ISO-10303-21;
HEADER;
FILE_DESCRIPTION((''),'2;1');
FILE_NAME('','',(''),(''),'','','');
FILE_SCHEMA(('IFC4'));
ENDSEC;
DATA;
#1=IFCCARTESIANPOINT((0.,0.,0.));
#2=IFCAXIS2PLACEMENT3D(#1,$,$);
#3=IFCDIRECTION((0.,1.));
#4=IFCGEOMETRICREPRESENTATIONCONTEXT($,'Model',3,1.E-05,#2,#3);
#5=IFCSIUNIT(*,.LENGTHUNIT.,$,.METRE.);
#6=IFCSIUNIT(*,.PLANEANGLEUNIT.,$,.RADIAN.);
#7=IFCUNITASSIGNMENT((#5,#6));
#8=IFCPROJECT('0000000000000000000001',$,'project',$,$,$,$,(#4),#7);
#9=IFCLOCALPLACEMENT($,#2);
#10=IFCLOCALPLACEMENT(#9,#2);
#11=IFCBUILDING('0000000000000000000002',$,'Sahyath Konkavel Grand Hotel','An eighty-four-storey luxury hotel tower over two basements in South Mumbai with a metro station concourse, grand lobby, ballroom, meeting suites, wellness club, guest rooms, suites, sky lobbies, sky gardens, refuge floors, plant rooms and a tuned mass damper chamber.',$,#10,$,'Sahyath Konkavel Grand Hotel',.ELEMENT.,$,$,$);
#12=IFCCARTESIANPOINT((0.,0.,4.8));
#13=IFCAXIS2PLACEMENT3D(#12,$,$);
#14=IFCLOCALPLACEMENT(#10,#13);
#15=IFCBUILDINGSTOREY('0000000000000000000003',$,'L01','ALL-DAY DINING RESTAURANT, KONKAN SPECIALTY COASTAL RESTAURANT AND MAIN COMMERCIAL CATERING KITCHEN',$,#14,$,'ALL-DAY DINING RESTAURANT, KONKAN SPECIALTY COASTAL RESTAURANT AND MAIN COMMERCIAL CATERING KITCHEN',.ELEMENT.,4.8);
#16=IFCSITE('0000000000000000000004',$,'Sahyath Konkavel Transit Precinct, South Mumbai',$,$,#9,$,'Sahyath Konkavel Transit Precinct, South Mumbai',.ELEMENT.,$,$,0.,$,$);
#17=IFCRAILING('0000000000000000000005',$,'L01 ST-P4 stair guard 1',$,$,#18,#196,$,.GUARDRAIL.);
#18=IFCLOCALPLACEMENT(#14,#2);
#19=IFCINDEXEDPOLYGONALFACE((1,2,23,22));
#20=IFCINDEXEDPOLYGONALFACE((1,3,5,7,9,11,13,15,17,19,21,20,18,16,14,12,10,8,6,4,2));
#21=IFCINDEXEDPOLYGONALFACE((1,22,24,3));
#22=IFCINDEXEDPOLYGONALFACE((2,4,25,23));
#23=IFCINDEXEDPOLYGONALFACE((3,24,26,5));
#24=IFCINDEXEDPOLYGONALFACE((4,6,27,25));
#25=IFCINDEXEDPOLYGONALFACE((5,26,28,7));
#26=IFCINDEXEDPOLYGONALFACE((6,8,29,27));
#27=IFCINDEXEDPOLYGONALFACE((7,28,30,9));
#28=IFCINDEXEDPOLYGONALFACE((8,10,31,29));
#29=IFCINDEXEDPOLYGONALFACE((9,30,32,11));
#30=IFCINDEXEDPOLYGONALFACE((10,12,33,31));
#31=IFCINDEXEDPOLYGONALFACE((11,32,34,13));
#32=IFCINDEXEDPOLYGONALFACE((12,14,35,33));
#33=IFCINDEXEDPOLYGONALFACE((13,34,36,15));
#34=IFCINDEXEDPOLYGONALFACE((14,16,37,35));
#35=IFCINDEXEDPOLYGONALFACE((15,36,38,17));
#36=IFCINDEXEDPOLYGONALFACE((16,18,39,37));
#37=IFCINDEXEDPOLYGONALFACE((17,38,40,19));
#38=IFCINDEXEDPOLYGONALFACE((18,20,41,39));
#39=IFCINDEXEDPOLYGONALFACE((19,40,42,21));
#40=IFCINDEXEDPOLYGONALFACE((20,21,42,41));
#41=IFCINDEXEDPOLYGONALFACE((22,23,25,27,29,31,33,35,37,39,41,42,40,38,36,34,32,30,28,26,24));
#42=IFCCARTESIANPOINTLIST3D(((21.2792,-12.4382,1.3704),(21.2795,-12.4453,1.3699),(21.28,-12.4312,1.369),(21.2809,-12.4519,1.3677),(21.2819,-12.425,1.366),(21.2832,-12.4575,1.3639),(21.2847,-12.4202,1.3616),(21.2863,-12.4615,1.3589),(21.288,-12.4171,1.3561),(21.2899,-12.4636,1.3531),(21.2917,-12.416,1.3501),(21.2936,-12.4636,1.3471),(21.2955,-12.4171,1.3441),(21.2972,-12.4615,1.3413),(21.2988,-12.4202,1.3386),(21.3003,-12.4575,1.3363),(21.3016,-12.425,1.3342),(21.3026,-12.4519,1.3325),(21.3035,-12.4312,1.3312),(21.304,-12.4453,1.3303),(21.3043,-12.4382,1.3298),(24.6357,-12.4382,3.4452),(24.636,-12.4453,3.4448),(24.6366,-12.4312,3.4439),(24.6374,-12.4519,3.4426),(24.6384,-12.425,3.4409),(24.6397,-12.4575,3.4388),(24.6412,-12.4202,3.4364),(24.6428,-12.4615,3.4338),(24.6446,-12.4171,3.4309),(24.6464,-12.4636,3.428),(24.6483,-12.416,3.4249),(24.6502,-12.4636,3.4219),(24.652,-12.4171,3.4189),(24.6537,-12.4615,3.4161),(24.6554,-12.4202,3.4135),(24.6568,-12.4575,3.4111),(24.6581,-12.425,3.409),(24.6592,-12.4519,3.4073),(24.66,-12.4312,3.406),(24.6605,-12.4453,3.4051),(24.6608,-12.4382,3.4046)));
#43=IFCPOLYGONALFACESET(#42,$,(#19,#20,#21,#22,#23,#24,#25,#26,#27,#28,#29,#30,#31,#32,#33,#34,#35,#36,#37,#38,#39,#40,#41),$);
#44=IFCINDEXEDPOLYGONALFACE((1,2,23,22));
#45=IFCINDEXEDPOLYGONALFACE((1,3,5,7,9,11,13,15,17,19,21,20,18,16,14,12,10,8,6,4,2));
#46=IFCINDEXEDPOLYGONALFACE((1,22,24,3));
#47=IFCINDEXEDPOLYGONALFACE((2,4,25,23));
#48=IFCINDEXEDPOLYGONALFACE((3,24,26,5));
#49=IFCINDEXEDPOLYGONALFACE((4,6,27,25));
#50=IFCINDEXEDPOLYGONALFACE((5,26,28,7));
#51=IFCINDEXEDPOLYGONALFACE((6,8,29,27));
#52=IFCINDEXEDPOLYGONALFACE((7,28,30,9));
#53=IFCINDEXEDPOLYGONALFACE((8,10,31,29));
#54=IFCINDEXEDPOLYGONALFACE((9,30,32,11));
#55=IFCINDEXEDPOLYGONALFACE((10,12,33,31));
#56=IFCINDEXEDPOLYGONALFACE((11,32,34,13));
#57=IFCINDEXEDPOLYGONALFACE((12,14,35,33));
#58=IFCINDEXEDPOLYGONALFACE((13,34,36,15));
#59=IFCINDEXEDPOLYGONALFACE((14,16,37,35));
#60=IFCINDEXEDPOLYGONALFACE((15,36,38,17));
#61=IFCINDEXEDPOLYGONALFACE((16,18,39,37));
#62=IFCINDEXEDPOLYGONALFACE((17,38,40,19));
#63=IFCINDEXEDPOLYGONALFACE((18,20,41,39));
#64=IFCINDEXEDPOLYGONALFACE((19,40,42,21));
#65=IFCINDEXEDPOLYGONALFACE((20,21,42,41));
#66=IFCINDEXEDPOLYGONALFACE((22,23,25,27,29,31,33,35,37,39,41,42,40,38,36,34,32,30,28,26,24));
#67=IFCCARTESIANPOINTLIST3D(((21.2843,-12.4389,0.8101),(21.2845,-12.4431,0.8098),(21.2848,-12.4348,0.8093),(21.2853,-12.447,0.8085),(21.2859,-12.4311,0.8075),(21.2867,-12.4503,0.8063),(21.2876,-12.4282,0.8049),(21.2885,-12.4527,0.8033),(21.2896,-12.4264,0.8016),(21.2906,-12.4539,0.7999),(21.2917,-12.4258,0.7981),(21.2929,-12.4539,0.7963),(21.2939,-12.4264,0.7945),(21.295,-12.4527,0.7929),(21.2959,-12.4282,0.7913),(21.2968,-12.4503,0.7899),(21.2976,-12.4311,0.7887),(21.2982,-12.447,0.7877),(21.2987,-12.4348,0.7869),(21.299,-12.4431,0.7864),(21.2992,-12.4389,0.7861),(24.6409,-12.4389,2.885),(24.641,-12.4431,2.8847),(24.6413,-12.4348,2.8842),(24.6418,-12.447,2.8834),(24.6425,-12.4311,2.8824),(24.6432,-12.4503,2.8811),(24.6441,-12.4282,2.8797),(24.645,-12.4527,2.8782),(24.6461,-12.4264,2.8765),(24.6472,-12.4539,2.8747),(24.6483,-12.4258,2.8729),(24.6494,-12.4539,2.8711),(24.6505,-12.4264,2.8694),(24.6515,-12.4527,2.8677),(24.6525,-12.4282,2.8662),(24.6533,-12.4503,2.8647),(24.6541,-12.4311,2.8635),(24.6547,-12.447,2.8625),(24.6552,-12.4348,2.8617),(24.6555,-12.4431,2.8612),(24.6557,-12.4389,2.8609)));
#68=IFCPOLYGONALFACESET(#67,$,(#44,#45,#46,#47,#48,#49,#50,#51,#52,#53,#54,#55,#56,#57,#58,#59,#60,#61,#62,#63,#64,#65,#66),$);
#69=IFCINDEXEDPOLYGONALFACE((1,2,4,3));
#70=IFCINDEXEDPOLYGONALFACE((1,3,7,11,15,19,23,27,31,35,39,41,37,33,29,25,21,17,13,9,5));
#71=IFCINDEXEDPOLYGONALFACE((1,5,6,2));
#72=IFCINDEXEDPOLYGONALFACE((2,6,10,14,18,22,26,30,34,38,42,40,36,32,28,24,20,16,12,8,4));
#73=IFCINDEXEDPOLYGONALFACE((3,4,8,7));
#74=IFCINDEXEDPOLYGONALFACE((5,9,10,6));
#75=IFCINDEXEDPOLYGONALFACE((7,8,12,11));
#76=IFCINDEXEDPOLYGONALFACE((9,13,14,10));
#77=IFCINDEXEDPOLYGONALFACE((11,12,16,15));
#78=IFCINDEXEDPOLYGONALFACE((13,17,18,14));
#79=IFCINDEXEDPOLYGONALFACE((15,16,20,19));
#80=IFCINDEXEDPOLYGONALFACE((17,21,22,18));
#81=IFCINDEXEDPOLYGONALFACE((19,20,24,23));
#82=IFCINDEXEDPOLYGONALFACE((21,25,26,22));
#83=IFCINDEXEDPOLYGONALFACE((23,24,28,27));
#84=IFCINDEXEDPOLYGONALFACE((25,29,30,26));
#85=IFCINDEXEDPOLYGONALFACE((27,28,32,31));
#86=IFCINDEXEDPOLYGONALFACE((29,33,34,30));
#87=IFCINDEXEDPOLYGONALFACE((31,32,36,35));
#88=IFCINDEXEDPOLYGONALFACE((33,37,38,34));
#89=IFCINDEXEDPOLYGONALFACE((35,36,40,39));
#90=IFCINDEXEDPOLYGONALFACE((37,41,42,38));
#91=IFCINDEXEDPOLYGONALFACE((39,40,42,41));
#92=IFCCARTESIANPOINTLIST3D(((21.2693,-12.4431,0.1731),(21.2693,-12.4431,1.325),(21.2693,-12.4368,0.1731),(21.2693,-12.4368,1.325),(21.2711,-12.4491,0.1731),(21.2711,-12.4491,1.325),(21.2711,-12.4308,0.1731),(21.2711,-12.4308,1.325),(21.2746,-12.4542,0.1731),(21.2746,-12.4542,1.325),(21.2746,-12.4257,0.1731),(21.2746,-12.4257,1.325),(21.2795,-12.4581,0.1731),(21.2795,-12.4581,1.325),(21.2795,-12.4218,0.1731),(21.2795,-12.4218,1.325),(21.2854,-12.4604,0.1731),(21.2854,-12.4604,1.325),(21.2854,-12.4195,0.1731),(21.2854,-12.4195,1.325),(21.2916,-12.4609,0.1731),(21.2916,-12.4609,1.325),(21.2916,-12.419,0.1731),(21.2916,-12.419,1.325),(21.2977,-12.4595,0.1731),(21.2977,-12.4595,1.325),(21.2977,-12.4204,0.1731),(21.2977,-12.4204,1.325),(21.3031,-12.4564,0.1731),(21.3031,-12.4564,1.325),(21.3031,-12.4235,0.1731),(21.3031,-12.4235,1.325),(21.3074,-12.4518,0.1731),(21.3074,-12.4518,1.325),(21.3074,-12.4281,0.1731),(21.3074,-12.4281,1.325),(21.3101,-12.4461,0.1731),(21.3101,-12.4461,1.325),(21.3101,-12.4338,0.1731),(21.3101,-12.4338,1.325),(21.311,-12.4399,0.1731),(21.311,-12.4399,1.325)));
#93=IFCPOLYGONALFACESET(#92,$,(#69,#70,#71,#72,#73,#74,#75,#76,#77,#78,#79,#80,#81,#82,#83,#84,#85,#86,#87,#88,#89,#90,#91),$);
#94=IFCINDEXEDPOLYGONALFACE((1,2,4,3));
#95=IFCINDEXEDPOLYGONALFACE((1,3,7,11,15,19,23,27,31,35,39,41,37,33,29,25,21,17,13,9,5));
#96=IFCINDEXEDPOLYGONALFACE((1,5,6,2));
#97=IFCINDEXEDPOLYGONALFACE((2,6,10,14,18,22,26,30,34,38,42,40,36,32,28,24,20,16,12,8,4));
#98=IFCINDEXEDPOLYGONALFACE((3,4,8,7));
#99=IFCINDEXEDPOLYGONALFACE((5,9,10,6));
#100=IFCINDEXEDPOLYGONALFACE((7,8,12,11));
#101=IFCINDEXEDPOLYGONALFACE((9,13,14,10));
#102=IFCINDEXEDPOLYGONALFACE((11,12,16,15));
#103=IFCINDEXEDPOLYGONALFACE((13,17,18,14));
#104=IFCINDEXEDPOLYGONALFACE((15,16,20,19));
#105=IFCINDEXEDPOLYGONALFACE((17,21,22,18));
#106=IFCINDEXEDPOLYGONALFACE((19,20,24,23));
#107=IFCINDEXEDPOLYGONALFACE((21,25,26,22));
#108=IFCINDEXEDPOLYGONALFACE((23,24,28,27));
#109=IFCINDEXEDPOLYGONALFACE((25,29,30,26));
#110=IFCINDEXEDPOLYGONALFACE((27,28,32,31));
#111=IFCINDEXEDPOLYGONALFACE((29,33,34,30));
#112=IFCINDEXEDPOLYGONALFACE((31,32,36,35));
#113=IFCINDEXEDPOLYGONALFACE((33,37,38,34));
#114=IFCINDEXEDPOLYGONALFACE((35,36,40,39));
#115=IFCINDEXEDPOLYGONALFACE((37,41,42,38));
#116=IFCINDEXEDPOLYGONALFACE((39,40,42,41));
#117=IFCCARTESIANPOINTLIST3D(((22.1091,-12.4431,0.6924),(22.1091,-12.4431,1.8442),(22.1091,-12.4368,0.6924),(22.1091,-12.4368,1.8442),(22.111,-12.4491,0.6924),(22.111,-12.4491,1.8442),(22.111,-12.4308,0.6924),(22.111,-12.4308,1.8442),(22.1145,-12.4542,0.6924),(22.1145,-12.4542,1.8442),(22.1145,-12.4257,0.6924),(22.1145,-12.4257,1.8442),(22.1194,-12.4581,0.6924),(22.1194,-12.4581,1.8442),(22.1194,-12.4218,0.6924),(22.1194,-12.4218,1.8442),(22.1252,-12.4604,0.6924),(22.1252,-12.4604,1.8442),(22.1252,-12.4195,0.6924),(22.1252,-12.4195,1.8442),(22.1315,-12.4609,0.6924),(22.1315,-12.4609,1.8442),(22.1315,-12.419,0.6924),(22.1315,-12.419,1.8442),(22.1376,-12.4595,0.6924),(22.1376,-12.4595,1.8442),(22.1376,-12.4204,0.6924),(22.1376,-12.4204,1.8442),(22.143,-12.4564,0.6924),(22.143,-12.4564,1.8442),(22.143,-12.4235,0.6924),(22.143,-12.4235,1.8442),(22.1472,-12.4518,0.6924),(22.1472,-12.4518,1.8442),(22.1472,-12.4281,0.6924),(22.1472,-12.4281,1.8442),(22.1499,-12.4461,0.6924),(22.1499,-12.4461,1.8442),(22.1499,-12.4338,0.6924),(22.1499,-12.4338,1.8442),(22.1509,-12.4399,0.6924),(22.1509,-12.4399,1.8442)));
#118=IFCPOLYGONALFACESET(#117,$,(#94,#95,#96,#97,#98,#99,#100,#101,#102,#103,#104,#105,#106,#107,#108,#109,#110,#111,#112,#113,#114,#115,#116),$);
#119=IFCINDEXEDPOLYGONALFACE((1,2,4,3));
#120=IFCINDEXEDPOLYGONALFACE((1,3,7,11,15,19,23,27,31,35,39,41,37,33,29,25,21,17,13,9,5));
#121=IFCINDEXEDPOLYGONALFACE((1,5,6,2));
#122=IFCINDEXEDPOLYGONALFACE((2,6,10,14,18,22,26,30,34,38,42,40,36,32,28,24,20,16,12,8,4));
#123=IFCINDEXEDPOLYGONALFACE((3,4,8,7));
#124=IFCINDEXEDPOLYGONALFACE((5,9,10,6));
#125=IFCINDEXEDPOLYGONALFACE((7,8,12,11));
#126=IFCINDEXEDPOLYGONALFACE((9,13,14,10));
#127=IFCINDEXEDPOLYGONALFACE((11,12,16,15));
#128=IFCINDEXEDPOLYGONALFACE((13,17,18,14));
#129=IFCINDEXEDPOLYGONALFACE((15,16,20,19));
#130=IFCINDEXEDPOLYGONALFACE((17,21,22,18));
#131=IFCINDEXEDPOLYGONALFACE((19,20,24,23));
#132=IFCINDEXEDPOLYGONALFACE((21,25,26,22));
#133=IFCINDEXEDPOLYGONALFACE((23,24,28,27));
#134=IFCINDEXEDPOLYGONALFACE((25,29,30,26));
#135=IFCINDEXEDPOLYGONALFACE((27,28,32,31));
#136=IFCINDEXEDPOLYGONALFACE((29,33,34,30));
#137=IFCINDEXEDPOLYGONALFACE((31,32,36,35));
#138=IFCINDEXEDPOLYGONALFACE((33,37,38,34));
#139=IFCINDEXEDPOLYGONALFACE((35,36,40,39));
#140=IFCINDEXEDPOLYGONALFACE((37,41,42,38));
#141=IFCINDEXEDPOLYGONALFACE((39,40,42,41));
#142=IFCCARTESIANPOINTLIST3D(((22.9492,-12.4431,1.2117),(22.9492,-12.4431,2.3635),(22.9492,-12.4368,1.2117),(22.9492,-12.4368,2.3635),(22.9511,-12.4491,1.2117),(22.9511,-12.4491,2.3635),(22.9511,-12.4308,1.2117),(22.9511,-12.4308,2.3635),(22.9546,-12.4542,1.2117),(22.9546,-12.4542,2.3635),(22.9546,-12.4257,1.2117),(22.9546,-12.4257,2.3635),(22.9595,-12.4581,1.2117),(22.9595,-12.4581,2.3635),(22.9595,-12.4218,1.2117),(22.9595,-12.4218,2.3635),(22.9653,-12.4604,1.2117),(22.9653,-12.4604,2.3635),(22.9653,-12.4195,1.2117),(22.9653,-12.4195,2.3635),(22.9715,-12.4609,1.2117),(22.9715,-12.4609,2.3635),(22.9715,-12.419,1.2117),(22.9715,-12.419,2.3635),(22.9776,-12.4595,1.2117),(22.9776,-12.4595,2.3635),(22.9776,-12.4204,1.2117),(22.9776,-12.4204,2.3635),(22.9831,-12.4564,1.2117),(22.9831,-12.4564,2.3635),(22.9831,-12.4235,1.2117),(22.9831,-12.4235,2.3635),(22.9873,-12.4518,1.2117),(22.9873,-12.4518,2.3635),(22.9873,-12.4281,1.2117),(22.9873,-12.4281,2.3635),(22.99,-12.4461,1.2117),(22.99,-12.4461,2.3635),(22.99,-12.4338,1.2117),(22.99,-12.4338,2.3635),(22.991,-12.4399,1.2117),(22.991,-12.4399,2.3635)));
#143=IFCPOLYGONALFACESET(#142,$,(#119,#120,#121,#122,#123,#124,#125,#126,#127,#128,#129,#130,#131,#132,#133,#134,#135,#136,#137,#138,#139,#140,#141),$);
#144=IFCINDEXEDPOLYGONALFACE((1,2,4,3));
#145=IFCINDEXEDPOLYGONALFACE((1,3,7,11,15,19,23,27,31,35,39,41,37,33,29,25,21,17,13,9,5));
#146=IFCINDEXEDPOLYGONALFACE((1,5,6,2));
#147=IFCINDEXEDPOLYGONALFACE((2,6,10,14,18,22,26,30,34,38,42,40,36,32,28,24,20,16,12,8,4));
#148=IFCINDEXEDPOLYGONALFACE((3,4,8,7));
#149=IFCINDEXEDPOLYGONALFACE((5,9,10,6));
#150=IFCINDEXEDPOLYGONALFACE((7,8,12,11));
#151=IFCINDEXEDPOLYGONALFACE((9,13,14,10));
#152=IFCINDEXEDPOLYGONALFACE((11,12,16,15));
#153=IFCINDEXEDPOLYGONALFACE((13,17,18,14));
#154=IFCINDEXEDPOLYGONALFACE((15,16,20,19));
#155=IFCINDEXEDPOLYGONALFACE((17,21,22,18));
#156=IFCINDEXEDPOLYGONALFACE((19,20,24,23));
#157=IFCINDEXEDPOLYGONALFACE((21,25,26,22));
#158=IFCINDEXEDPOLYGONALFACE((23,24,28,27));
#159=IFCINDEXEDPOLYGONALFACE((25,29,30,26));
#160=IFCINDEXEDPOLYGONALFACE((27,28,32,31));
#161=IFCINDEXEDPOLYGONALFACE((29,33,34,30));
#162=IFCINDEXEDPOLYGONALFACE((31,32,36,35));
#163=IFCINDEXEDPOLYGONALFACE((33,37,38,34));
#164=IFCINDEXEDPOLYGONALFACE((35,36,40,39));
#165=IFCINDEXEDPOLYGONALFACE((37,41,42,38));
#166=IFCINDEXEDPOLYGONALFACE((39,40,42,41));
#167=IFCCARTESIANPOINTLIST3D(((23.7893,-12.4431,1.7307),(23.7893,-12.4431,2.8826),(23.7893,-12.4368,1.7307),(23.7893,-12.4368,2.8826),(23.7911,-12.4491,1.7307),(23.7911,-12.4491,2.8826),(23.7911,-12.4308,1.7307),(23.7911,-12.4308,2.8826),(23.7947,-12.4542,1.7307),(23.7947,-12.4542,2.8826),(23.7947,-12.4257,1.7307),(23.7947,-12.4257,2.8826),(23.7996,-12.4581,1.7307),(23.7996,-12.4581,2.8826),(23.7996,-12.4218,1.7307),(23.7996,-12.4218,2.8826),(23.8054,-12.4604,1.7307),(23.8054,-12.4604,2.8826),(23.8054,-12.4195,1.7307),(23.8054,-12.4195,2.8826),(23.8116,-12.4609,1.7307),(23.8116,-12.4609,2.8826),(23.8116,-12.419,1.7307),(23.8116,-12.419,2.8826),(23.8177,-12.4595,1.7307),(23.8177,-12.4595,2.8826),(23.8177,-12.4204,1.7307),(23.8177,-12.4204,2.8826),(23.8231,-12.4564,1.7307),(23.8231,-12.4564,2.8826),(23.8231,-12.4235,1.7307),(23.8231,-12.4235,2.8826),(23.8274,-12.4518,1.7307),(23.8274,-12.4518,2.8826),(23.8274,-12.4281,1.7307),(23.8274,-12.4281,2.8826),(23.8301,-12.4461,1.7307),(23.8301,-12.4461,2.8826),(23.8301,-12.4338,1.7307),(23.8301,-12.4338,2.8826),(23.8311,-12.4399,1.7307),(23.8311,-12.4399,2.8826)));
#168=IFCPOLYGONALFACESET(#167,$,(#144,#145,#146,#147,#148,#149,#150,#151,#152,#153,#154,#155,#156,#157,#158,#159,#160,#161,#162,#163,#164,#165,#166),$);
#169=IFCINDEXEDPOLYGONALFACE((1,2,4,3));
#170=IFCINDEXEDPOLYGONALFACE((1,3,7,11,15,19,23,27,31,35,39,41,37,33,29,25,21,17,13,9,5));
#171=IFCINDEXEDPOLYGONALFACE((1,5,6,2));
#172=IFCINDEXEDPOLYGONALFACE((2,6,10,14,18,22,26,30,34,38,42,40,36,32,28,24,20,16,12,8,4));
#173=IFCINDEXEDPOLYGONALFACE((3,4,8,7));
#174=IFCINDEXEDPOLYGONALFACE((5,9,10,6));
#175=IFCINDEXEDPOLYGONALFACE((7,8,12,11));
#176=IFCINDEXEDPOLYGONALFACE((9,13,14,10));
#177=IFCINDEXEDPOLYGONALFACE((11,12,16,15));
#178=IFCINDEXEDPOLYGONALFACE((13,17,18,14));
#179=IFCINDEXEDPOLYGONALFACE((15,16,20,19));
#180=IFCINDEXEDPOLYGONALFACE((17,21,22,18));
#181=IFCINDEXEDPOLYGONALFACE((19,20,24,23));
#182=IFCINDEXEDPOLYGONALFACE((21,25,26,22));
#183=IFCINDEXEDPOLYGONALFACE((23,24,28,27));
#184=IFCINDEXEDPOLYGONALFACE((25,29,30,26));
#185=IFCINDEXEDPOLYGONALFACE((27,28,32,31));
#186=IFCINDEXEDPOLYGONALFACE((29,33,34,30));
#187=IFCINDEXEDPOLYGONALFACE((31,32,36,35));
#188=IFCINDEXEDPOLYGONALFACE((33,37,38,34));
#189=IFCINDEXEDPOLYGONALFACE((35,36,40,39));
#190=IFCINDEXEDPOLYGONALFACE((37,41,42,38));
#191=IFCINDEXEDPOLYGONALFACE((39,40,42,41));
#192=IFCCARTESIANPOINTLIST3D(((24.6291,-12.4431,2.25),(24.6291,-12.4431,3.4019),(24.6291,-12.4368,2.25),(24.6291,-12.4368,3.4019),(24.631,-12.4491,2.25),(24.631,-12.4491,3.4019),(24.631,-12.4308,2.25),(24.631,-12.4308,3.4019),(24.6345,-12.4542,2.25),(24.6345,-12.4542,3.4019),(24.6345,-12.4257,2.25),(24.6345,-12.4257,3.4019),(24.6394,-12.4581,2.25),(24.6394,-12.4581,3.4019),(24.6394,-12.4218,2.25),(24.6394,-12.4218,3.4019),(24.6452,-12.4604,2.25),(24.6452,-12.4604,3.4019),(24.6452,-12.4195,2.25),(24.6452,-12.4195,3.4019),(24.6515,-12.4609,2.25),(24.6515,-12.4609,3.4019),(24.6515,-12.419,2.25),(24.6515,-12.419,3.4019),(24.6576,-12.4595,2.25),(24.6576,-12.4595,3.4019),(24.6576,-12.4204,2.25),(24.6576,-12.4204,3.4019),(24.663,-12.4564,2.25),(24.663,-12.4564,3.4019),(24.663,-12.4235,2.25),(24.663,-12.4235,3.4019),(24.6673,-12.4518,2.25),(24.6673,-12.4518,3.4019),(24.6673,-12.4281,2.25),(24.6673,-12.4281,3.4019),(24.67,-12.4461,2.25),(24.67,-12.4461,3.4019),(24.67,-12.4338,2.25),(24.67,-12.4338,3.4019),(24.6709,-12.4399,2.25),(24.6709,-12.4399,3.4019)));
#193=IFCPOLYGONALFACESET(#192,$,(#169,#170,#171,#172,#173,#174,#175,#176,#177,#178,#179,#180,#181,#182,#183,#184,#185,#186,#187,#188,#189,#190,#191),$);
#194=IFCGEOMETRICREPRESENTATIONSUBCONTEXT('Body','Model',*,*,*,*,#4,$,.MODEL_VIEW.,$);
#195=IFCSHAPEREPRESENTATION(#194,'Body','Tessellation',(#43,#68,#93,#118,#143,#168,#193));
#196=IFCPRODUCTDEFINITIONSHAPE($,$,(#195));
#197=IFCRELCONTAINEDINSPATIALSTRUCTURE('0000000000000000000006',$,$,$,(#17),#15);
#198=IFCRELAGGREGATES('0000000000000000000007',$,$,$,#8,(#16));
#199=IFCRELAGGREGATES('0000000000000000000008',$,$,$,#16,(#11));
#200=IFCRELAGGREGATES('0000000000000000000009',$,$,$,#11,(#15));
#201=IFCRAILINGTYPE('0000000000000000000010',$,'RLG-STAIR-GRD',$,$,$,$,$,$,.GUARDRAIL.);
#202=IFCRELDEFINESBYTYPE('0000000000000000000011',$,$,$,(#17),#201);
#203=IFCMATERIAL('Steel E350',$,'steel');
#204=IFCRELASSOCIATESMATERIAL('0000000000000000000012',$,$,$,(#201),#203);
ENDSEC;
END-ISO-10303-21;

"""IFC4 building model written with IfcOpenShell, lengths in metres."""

from ifc_helpers import new_model, si_unit, direction, frame, origin, origin_2d, place, context, subcontext, project, spatial, circle, extrude, material, type_object, element, save


model = new_model("IFC4")

# Units and contexts
model_context = context("Model", 3, precision=1e-05, world=origin(), true_north=direction((0.0, 1.0)))
body_context = subcontext(model_context, "Body", "Model", "MODEL_VIEW")
ifc_project = project(units=[si_unit("LENGTHUNIT", "METRE"), si_unit("PLANEANGLEUNIT", "RADIAN")], contexts=[model_context])

# Site, building, storey
site_placement = place(None, origin())
site = spatial("IfcSite", under=ifc_project, at=site_placement, Name="Sahyath Konkavel Transit Precinct, South Mumbai", LongName="Sahyath Konkavel Transit Precinct, South Mumbai", CompositionType="ELEMENT", RefElevation=0.0)
building_placement = place(site_placement, origin())
building = spatial("IfcBuilding", under=site, at=building_placement, Name="Sahyath Konkavel Grand Hotel", Description="An eighty-four-storey luxury hotel tower over two basements in South Mumbai with a metro station concourse, grand lobby, ballroom, meeting suites, wellness club, guest rooms, suites, sky lobbies, sky gardens, refuge floors, plant rooms and a tuned mass damper chamber.", LongName="Sahyath Konkavel Grand Hotel", CompositionType="ELEMENT")
storey_placement = place(building_placement, frame((0.0, 0.0, 4.8)))
storey = spatial("IfcBuildingStorey", under=building, at=storey_placement, Name="L01", Description="ALL-DAY DINING RESTAURANT, KONKAN SPECIALTY COASTAL RESTAURANT AND MAIN COMMERCIAL CATERING KITCHEN", LongName="ALL-DAY DINING RESTAURANT, KONKAN SPECIALTY COASTAL RESTAURANT AND MAIN COMMERCIAL CATERING KITCHEN", CompositionType="ELEMENT", Elevation=4.8)

# Shared definitions
ifc_material_1 = material(Name="Steel E350", Category="steel")

# Railing
railing_type_1 = type_object("IfcRailingType", Name="RLG-STAIR-GRD", PredefinedType="GUARDRAIL", material=ifc_material_1)
railing_1_placement = place(storey_placement, frame((21.29, -12.4399, 0.1731)))
element("IfcRailing", 1, at=railing_1_placement, inside=storey, type_object=railing_type_1, Name="L01 ST-P4 stair guard 1", PredefinedType="GUARDRAIL", context=body_context, shape_type="SweptSolid", body=[
    extrude(circle(Radius=0.0239, at=origin_2d()), frame((0.0017, 0.0, 1.177), z_axis=(0.850606, 0.0, 0.525803), x_axis=(0.0, 1.0, 0.0)), (0.0, 0.0, 1.0), 3.946),
    extrude(circle(Radius=0.0142, at=origin_2d()), frame((0.0017, 0.0, 0.625), z_axis=(0.850606, 0.0, 0.525803), x_axis=(0.0, 1.0, 0.0)), (0.0, 0.0, 1.0), 3.946),
    extrude(circle(Radius=0.021, at=origin_2d()), origin(), (0.0, 0.0, 1.0), 1.1519),
    extrude(circle(Radius=0.021, at=origin_2d()), frame((0.8398, 0.0, 0.5193)), (0.0, 0.0, 1.0), 1.1519),
    extrude(circle(Radius=0.021, at=origin_2d()), frame((1.6799, 0.0, 1.0386)), (0.0, 0.0, 1.0), 1.1519),
    extrude(circle(Radius=0.021, at=origin_2d()), frame((2.52, 0.0, 1.5576)), (0.0, 0.0, 1.0), 1.1519),
    extrude(circle(Radius=0.021, at=origin_2d()), frame((3.3599, 0.0, 2.0769)), (0.0, 0.0, 1.0), 1.1519),
])

save(model, "model.ifc")
